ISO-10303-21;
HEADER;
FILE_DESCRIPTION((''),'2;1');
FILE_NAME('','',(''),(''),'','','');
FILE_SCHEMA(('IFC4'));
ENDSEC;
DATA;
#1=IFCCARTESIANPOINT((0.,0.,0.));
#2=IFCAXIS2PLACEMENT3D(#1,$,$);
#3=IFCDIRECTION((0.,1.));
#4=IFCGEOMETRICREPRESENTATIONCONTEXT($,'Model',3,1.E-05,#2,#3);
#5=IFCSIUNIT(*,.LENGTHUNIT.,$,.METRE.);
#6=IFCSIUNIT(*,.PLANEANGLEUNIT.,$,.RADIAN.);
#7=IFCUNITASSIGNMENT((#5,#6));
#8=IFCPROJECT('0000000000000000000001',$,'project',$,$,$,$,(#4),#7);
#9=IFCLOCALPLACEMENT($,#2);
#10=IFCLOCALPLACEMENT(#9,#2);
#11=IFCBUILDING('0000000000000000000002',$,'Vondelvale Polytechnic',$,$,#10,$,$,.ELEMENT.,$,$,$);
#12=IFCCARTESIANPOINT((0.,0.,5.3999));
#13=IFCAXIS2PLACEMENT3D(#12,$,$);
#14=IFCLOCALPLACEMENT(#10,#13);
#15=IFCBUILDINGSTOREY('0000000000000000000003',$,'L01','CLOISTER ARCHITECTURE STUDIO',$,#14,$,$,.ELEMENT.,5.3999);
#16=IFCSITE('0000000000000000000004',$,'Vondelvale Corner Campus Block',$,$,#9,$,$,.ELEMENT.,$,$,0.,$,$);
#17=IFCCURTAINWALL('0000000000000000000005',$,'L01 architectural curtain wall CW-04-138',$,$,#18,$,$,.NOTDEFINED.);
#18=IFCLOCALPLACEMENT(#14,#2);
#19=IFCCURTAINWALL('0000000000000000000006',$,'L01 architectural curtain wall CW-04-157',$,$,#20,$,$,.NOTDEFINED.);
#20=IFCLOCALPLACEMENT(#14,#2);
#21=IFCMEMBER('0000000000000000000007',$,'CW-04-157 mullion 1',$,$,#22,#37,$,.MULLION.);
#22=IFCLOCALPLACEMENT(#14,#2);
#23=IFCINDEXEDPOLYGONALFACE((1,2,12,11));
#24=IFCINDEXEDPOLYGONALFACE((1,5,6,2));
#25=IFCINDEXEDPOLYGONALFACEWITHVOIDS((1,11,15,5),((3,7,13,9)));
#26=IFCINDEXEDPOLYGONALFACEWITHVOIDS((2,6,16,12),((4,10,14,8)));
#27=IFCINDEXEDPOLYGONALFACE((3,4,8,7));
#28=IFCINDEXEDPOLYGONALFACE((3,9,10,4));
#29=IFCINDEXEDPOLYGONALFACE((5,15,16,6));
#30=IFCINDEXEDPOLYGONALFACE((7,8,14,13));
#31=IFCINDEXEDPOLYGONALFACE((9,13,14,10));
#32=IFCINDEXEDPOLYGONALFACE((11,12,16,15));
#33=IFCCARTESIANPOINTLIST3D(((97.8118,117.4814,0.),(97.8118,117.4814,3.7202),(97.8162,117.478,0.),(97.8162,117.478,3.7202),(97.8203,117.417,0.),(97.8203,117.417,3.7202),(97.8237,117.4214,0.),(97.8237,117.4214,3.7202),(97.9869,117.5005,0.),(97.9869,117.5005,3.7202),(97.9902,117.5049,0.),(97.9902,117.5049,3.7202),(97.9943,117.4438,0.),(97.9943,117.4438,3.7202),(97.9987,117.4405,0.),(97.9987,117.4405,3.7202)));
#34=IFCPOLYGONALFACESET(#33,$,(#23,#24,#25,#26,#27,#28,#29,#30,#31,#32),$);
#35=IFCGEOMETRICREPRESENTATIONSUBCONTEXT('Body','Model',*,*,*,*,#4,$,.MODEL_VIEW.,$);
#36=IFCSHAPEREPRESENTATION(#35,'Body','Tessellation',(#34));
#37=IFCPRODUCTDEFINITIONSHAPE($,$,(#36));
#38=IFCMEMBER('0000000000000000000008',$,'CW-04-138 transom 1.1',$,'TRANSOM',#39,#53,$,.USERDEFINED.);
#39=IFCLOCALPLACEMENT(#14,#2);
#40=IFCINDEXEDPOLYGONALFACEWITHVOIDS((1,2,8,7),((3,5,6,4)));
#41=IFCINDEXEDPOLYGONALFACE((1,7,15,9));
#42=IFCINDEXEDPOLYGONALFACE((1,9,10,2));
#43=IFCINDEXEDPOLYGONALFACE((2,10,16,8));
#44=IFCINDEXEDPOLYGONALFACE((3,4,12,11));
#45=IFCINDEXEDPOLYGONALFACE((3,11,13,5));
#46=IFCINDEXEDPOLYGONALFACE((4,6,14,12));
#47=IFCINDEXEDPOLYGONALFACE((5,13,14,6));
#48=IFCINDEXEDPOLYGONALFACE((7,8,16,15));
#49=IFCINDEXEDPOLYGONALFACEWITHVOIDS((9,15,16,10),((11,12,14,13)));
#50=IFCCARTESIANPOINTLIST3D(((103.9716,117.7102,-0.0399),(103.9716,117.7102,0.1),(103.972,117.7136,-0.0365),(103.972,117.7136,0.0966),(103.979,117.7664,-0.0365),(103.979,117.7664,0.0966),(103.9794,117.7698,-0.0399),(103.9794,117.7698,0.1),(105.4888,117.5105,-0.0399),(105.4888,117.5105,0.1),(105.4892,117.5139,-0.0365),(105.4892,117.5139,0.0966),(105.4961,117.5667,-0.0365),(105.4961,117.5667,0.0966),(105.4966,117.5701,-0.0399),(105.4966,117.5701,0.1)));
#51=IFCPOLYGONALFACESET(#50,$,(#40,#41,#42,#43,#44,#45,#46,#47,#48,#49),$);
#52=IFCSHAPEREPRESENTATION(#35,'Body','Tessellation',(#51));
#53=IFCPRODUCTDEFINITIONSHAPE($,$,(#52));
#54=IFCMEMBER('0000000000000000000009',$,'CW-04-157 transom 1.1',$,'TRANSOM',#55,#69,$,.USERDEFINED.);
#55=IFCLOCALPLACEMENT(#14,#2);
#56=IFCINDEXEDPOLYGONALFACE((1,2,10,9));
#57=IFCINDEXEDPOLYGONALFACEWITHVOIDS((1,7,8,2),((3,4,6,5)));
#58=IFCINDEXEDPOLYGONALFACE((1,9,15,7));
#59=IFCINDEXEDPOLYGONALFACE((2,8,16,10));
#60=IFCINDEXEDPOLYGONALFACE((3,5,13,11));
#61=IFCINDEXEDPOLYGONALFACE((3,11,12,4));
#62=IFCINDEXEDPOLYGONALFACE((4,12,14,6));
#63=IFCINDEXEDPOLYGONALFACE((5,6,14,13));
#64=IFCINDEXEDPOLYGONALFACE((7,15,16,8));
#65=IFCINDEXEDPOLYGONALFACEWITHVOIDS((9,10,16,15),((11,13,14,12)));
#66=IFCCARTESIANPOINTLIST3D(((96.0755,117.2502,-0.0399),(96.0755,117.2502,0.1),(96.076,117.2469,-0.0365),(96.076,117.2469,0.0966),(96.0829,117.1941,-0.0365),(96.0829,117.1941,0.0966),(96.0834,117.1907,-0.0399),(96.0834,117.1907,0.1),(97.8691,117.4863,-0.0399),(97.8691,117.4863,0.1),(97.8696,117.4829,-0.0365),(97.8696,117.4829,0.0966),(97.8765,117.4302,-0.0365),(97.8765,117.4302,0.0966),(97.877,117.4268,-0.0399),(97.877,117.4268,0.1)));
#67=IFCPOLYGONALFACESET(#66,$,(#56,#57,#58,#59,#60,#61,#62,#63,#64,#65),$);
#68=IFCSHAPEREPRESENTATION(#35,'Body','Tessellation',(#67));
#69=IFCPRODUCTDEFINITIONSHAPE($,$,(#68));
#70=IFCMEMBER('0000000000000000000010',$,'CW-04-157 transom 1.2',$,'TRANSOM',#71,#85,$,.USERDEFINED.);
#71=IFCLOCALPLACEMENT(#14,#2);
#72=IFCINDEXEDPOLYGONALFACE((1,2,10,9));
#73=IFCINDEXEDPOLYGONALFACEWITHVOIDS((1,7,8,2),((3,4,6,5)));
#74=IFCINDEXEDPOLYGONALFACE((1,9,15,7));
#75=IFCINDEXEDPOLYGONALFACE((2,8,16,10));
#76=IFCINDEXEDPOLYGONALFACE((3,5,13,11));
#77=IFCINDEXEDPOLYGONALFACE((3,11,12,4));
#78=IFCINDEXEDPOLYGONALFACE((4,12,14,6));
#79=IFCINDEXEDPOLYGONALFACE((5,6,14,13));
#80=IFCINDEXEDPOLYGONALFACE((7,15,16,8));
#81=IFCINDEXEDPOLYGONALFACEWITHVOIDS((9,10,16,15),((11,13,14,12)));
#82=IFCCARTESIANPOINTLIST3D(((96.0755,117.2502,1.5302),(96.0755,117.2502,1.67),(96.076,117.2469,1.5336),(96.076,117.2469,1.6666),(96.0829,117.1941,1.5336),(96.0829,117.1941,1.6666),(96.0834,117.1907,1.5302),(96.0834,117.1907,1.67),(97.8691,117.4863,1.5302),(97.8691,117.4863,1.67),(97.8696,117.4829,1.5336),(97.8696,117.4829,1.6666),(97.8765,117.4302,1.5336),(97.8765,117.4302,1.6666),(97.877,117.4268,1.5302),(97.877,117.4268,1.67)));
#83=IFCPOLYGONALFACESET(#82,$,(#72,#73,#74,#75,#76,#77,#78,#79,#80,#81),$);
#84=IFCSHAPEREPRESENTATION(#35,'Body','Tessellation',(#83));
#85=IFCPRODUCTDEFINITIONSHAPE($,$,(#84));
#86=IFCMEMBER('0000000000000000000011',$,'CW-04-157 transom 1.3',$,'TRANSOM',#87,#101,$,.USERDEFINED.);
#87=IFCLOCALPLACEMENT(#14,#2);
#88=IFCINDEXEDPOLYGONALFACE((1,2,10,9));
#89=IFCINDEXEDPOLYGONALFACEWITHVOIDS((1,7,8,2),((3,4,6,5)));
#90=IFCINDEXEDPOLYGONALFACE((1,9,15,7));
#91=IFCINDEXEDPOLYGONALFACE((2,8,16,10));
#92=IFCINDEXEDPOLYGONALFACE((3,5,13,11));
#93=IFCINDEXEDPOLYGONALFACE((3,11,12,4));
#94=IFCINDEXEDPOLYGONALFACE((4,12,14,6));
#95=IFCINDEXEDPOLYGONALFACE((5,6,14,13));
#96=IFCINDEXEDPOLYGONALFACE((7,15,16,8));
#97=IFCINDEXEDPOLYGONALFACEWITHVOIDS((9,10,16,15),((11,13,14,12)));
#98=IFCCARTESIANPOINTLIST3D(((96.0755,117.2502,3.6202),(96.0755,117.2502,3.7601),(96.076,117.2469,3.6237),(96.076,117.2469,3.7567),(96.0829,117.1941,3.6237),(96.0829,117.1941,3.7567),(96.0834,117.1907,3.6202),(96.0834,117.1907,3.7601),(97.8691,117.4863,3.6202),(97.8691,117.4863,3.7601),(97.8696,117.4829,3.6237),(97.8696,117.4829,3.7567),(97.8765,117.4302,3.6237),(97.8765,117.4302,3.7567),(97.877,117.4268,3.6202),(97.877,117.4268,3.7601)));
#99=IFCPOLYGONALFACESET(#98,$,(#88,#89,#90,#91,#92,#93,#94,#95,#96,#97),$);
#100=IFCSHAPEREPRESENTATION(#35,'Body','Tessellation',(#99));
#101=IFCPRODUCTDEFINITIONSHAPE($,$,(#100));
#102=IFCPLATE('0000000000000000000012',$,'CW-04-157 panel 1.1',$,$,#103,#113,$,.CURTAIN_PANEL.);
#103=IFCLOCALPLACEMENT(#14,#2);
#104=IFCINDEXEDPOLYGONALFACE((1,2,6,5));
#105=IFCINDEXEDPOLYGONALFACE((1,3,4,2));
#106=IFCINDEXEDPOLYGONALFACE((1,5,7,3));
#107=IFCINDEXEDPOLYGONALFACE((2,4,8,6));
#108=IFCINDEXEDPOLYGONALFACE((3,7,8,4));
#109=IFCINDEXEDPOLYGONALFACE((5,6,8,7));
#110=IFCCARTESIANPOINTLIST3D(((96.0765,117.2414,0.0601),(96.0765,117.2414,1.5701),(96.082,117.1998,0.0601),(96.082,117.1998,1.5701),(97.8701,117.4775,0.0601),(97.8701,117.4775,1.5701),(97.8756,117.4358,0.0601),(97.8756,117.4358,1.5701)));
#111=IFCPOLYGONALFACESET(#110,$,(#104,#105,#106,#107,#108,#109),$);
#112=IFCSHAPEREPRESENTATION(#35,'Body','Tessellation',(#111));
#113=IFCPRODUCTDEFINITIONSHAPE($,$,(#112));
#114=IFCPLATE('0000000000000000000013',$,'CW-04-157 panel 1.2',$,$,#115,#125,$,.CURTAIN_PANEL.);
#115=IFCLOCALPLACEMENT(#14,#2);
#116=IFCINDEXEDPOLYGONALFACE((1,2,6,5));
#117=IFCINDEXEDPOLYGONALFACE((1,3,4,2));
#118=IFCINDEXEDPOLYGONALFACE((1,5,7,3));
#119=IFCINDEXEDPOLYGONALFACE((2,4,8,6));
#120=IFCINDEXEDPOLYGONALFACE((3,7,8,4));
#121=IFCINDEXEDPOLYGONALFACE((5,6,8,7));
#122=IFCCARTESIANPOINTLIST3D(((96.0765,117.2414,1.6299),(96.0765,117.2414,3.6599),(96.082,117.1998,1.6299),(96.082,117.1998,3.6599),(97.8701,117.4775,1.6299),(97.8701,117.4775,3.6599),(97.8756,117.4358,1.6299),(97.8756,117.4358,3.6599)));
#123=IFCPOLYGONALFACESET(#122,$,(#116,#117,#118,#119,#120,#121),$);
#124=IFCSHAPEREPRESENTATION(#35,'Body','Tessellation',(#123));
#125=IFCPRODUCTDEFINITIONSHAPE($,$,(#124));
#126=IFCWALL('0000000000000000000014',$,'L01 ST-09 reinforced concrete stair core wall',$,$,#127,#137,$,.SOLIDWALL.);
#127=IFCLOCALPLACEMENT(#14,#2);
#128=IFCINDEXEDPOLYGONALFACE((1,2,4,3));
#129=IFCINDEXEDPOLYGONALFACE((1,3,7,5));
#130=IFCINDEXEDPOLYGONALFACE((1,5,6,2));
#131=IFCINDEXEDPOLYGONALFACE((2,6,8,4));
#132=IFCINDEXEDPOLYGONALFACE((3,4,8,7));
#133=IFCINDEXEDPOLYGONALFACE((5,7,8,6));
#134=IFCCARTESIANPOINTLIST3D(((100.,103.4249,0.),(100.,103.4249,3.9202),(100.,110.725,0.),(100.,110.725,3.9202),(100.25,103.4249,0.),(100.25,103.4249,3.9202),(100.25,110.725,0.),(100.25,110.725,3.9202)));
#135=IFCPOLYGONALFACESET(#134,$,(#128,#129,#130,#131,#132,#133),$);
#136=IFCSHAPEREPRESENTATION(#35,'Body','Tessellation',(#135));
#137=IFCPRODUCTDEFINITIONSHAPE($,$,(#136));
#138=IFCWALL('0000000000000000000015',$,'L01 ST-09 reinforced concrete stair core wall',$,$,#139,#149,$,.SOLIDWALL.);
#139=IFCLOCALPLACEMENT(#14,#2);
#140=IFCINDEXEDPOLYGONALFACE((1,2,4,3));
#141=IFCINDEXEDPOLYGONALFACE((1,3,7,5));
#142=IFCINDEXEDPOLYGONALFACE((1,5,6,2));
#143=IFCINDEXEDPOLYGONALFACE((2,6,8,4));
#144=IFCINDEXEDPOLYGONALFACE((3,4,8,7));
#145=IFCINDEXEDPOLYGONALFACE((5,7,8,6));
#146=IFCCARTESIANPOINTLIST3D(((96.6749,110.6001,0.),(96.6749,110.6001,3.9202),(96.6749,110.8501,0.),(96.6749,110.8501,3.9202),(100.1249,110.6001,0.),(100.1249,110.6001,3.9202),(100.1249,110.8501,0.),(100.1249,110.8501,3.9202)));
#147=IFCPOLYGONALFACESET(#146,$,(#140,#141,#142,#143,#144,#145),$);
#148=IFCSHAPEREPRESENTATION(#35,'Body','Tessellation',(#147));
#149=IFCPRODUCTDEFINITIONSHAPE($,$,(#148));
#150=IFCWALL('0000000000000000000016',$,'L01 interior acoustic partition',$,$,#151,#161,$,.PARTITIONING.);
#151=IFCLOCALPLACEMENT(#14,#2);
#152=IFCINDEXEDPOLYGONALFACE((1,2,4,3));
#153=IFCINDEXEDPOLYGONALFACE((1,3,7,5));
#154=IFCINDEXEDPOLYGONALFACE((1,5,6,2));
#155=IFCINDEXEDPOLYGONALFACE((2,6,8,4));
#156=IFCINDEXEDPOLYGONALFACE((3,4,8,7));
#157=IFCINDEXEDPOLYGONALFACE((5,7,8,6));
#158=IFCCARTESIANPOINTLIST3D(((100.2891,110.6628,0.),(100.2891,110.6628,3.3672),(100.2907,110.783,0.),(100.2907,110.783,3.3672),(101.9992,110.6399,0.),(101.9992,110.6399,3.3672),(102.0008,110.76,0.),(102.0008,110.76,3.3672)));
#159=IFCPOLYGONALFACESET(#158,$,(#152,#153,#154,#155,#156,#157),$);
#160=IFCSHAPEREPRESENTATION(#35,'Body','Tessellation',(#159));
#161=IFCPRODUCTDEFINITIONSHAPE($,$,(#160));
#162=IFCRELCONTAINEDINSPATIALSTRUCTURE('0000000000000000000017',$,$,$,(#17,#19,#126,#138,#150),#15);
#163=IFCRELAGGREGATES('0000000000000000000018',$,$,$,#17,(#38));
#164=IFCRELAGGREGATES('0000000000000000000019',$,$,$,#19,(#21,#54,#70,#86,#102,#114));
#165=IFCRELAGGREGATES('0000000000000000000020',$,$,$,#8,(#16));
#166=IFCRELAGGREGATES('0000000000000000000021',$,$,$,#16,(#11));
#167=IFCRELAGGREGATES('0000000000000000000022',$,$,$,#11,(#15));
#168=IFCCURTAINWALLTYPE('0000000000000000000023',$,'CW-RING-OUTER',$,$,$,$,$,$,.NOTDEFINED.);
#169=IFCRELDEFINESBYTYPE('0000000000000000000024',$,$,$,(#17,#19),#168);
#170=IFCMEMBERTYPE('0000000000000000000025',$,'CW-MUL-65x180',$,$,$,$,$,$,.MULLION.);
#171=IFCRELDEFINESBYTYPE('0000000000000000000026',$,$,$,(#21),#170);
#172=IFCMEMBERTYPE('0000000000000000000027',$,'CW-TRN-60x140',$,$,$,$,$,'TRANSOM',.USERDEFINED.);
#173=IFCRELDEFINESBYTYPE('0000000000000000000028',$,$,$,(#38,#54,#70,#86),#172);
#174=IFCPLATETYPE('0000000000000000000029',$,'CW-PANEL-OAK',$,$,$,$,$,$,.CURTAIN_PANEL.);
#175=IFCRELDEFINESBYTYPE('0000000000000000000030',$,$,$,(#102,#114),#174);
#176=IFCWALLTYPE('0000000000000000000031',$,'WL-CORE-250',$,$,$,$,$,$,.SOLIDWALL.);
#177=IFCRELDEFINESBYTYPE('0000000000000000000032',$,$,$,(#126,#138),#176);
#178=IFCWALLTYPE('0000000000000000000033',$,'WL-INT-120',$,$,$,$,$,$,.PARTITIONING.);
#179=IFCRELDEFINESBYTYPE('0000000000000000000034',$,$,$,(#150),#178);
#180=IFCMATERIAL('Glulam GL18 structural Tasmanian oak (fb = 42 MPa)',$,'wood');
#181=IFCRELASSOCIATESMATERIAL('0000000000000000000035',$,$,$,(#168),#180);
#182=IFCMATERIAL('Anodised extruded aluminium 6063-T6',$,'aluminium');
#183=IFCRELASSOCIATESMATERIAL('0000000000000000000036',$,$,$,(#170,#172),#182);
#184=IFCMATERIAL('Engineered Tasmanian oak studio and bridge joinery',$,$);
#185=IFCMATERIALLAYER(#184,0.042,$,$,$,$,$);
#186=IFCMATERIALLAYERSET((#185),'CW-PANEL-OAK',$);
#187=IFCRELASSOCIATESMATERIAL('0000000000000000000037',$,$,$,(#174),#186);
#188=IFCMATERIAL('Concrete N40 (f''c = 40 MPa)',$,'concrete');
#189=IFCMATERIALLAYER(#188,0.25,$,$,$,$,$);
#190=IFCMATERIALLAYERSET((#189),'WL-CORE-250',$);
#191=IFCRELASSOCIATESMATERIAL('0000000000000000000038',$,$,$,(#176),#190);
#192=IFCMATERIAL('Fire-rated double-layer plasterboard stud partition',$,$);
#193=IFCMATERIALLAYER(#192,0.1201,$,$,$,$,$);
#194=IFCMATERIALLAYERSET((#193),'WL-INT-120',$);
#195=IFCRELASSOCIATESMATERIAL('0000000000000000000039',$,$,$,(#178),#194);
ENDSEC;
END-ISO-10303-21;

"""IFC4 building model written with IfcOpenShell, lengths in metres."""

from ifc_helpers import new_model, si_unit, direction, frame, frame_2d, origin, origin_2d, place, context, subcontext, project, spatial, rectangle, hollow_rectangle, extrude, material, layer, layer_set, material_profile, profile_set, type_object, element, aggregate, save


model = new_model("IFC4")

# Units and contexts
model_context = context("Model", 3, precision=1e-05, world=origin(), true_north=direction((0.0, 1.0)))
body_context = subcontext(model_context, "Body", "Model", "MODEL_VIEW")
ifc_project = project(units=[si_unit("LENGTHUNIT", "METRE"), si_unit("PLANEANGLEUNIT", "RADIAN")], contexts=[model_context])

# Site, building, storey
site_placement = place(None, origin())
site = spatial("IfcSite", under=ifc_project, at=site_placement, Name="Vondelvale Corner Campus Block", CompositionType="ELEMENT", RefElevation=0.0)
building_placement = place(site_placement, origin())
building = spatial("IfcBuilding", under=site, at=building_placement, Name="Vondelvale Polytechnic", CompositionType="ELEMENT")
storey_placement = place(building_placement, frame((0.0, 0.0, 5.3999)))
storey = spatial("IfcBuildingStorey", under=building, at=storey_placement, Name="L01", Description="CLOISTER ARCHITECTURE STUDIO", CompositionType="ELEMENT", Elevation=5.3999)

# Shared definitions
ifc_material_1 = material(Name="Glulam GL18 structural Tasmanian oak (fb = 42 MPa)", Category="wood")

# Shared definitions
ifc_material_2 = material(Name="Concrete N40 (f'c = 40 MPa)", Category="concrete")

# Curtain walls, member
curtain_wall_type = type_object("IfcCurtainWallType", Name="CW-RING-OUTER", PredefinedType="NOTDEFINED", material=ifc_material_1)
curtain_wall_1_placement = place(storey_placement, origin())
curtain_wall_1 = element("IfcCurtainWall", 1, at=curtain_wall_1_placement, inside=storey, type_object=curtain_wall_type, Name="L01 architectural curtain wall CW-04-138", PredefinedType="NOTDEFINED")
ifc_material_3 = material(Name="Anodised extruded aluminium 6063-T6", Category="aluminium")
ifc_material_profile_1 = material_profile(ifc_material_3, hollow_rectangle(XDim=0.0649, YDim=0.1799, WallThickness=0.0039, at=origin_2d()), Name="CW-MUL-180x65")
ifc_profile_set_1 = profile_set([ifc_material_profile_1], Name="Anodised extruded aluminium 6063-T6")
member_type_1 = type_object("IfcMemberType", Name="CW-MUL-65x180", PredefinedType="MULLION", material=ifc_profile_set_1)
curtain_wall_2_placement = place(storey_placement, origin())
curtain_wall_2 = element("IfcCurtainWall", 2, at=curtain_wall_2_placement, inside=storey, type_object=curtain_wall_type, Name="L01 architectural curtain wall CW-04-157", PredefinedType="NOTDEFINED")
member_1_placement = place(storey_placement, frame((97.9053, 117.4609, 0.0), z_axis=(0.0, 0.0, 1.0), x_axis=(0.130497, -0.991449, 0.0)))
member_1 = element("IfcMember", 3, at=member_1_placement, type_object=member_type_1, Name="CW-04-157 mullion 1", PredefinedType="MULLION", context=body_context, shape_type="SweptSolid", body=[
    extrude(hollow_rectangle(XDim=0.0649, YDim=0.1799, WallThickness=0.0039, at=origin_2d()), origin(), (0.0, 0.0, 1.0), 3.7202),
])

# Members
ifc_material_profile_2 = material_profile(ifc_material_3, hollow_rectangle(XDim=0.0601, YDim=0.1399, WallThickness=0.0034, at=origin_2d()), Name="CW-TRN-140x60")
ifc_profile_set_2 = profile_set([ifc_material_profile_2], Name="Anodised extruded aluminium 6063-T6")
member_type_2 = type_object("IfcMemberType", Name="CW-TRN-60x140", ElementType="TRANSOM", PredefinedType="USERDEFINED", material=ifc_profile_set_2)
member_2_placement = place(storey_placement, frame((105.4927, 117.5403, 0.03), z_axis=(-0.991447, 0.130512, 0.0), x_axis=(-0.130512, -0.991447, 0.0)))
member_2 = element("IfcMember", 4, at=member_2_placement, type_object=member_type_2, Name="CW-04-138 transom 1.1", ObjectType="TRANSOM", PredefinedType="USERDEFINED", context=body_context, shape_type="SweptSolid", body=[
    extrude(hollow_rectangle(XDim=0.0601, YDim=0.1399, WallThickness=0.0034, at=origin_2d()), origin(), (0.0, 0.0, 1.0), 1.5303),
])
aggregate(curtain_wall_1, [member_2])
member_3_placement = place(storey_placement, frame((97.873, 117.4565, 0.03), z_axis=(-0.991449, -0.130493, 0.0), x_axis=(0.130493, -0.991449, 0.0)))
member_3 = element("IfcMember", 5, at=member_3_placement, type_object=member_type_2, Name="CW-04-157 transom 1.1", ObjectType="TRANSOM", PredefinedType="USERDEFINED", context=body_context, shape_type="SweptSolid", body=[
    extrude(hollow_rectangle(XDim=0.0601, YDim=0.1399, WallThickness=0.0034, at=origin_2d()), origin(), (0.0, 0.0, 1.0), 1.8091),
])
member_4_placement = place(storey_placement, frame((97.873, 117.4565, 1.6001), z_axis=(-0.991449, -0.130493, 0.0), x_axis=(0.130493, -0.991449, 0.0)))
member_4 = element("IfcMember", 6, at=member_4_placement, type_object=member_type_2, Name="CW-04-157 transom 1.2", ObjectType="TRANSOM", PredefinedType="USERDEFINED", context=body_context, shape_type="SweptSolid", body=[
    extrude(hollow_rectangle(XDim=0.0601, YDim=0.1399, WallThickness=0.0034, at=origin_2d()), origin(), (0.0, 0.0, 1.0), 1.8091),
])
member_5_placement = place(storey_placement, frame((97.873, 117.4565, 3.6902), z_axis=(-0.991449, -0.130493, 0.0), x_axis=(0.130493, -0.991449, 0.0)))
member_5 = element("IfcMember", 7, at=member_5_placement, type_object=member_type_2, Name="CW-04-157 transom 1.3", ObjectType="TRANSOM", PredefinedType="USERDEFINED", context=body_context, shape_type="SweptSolid", body=[
    extrude(hollow_rectangle(XDim=0.0601, YDim=0.1399, WallThickness=0.0034, at=origin_2d()), origin(), (0.0, 0.0, 1.0), 1.8091),
])

# Plates
ifc_material_4 = material(Name="Engineered Tasmanian oak studio and bridge joinery")
ifc_layer_1 = layer(ifc_material_4, 0.042)
ifc_layer_set_1 = layer_set([ifc_layer_1], Name="CW-PANEL-OAK")
plate_type = type_object("IfcPlateType", Name="CW-PANEL-OAK", PredefinedType="CURTAIN_PANEL", material=ifc_layer_set_1)
plate_1_placement = place(storey_placement, frame((96.9761, 117.3386, 0.0601), z_axis=(0.0, 0.0, 1.0), x_axis=(-0.991449, -0.130497, 0.0)))
plate_1 = element("IfcPlate", 8, at=plate_1_placement, type_object=plate_type, Name="CW-04-157 panel 1.1", PredefinedType="CURTAIN_PANEL", context=body_context, shape_type="SweptSolid", body=[
    extrude(rectangle(XDim=1.8091, YDim=0.042, at=origin_2d()), origin(), (0.0, 0.0, 1.0), 1.51),
])
plate_2_placement = place(storey_placement, frame((96.9761, 117.3386, 1.6299), z_axis=(0.0, 0.0, 1.0), x_axis=(-0.991449, -0.130497, 0.0)))
plate_2 = element("IfcPlate", 9, at=plate_2_placement, type_object=plate_type, Name="CW-04-157 panel 1.2", PredefinedType="CURTAIN_PANEL", context=body_context, shape_type="SweptSolid", body=[
    extrude(rectangle(XDim=1.8091, YDim=0.042, at=origin_2d()), origin(), (0.0, 0.0, 1.0), 2.03),
])
aggregate(curtain_wall_2, [member_1, member_3, member_4, member_5, plate_1, plate_2])

# Walls
ifc_layer_2 = layer(ifc_material_2, 0.25)
ifc_layer_set_2 = layer_set([ifc_layer_2], Name="WL-CORE-250")
wall_type_1 = type_object("IfcWallType", Name="WL-CORE-250", PredefinedType="SOLIDWALL", material=ifc_layer_set_2)
wall_1_placement = place(storey_placement, frame((100.125, 103.425, 0.0), z_axis=(0.0, 0.0, 1.0), x_axis=(0.0, 1.0, 0.0)))
element("IfcWall", 10, at=wall_1_placement, inside=storey, type_object=wall_type_1, Name="L01 ST-09 reinforced concrete stair core wall", PredefinedType="SOLIDWALL", context=body_context, shape_type="SweptSolid", body=[
    extrude(rectangle(XDim=7.3, YDim=0.25, at=frame_2d((3.6499, 0.0))), origin(), (0.0, 0.0, 1.0), 3.9202),
])
wall_2_placement = place(storey_placement, frame((100.125, 110.7251, 0.0), z_axis=(0.0, 0.0, 1.0), x_axis=(-1.0, 0.0, 0.0)))
element("IfcWall", 11, at=wall_2_placement, inside=storey, type_object=wall_type_1, Name="L01 ST-09 reinforced concrete stair core wall", PredefinedType="SOLIDWALL", context=body_context, shape_type="SweptSolid", body=[
    extrude(rectangle(XDim=3.45, YDim=0.25, at=frame_2d((1.7251, 0.0))), origin(), (0.0, 0.0, 1.0), 3.9202),
])
ifc_material_5 = material(Name="Fire-rated double-layer plasterboard stud partition")
ifc_layer_3 = layer(ifc_material_5, 0.1201)
ifc_layer_set_3 = layer_set([ifc_layer_3], Name="WL-INT-120")
wall_type_2 = type_object("IfcWallType", Name="WL-INT-120", PredefinedType="PARTITIONING", material=ifc_layer_set_3)
wall_3_placement = place(storey_placement, frame((100.29, 110.7229, 0.0), z_axis=(0.0, 0.0, 1.0), x_axis=(0.99991, -0.01342, 0.0)))
element("IfcWall", 12, at=wall_3_placement, inside=storey, type_object=wall_type_2, Name="L01 interior acoustic partition", PredefinedType="PARTITIONING", context=body_context, shape_type="SweptSolid", body=[
    extrude(rectangle(XDim=1.7102, YDim=0.1201, at=frame_2d((0.855, 0.0))), origin(), (0.0, 0.0, 1.0), 3.3672),
])

save(model, "model.ifc")
